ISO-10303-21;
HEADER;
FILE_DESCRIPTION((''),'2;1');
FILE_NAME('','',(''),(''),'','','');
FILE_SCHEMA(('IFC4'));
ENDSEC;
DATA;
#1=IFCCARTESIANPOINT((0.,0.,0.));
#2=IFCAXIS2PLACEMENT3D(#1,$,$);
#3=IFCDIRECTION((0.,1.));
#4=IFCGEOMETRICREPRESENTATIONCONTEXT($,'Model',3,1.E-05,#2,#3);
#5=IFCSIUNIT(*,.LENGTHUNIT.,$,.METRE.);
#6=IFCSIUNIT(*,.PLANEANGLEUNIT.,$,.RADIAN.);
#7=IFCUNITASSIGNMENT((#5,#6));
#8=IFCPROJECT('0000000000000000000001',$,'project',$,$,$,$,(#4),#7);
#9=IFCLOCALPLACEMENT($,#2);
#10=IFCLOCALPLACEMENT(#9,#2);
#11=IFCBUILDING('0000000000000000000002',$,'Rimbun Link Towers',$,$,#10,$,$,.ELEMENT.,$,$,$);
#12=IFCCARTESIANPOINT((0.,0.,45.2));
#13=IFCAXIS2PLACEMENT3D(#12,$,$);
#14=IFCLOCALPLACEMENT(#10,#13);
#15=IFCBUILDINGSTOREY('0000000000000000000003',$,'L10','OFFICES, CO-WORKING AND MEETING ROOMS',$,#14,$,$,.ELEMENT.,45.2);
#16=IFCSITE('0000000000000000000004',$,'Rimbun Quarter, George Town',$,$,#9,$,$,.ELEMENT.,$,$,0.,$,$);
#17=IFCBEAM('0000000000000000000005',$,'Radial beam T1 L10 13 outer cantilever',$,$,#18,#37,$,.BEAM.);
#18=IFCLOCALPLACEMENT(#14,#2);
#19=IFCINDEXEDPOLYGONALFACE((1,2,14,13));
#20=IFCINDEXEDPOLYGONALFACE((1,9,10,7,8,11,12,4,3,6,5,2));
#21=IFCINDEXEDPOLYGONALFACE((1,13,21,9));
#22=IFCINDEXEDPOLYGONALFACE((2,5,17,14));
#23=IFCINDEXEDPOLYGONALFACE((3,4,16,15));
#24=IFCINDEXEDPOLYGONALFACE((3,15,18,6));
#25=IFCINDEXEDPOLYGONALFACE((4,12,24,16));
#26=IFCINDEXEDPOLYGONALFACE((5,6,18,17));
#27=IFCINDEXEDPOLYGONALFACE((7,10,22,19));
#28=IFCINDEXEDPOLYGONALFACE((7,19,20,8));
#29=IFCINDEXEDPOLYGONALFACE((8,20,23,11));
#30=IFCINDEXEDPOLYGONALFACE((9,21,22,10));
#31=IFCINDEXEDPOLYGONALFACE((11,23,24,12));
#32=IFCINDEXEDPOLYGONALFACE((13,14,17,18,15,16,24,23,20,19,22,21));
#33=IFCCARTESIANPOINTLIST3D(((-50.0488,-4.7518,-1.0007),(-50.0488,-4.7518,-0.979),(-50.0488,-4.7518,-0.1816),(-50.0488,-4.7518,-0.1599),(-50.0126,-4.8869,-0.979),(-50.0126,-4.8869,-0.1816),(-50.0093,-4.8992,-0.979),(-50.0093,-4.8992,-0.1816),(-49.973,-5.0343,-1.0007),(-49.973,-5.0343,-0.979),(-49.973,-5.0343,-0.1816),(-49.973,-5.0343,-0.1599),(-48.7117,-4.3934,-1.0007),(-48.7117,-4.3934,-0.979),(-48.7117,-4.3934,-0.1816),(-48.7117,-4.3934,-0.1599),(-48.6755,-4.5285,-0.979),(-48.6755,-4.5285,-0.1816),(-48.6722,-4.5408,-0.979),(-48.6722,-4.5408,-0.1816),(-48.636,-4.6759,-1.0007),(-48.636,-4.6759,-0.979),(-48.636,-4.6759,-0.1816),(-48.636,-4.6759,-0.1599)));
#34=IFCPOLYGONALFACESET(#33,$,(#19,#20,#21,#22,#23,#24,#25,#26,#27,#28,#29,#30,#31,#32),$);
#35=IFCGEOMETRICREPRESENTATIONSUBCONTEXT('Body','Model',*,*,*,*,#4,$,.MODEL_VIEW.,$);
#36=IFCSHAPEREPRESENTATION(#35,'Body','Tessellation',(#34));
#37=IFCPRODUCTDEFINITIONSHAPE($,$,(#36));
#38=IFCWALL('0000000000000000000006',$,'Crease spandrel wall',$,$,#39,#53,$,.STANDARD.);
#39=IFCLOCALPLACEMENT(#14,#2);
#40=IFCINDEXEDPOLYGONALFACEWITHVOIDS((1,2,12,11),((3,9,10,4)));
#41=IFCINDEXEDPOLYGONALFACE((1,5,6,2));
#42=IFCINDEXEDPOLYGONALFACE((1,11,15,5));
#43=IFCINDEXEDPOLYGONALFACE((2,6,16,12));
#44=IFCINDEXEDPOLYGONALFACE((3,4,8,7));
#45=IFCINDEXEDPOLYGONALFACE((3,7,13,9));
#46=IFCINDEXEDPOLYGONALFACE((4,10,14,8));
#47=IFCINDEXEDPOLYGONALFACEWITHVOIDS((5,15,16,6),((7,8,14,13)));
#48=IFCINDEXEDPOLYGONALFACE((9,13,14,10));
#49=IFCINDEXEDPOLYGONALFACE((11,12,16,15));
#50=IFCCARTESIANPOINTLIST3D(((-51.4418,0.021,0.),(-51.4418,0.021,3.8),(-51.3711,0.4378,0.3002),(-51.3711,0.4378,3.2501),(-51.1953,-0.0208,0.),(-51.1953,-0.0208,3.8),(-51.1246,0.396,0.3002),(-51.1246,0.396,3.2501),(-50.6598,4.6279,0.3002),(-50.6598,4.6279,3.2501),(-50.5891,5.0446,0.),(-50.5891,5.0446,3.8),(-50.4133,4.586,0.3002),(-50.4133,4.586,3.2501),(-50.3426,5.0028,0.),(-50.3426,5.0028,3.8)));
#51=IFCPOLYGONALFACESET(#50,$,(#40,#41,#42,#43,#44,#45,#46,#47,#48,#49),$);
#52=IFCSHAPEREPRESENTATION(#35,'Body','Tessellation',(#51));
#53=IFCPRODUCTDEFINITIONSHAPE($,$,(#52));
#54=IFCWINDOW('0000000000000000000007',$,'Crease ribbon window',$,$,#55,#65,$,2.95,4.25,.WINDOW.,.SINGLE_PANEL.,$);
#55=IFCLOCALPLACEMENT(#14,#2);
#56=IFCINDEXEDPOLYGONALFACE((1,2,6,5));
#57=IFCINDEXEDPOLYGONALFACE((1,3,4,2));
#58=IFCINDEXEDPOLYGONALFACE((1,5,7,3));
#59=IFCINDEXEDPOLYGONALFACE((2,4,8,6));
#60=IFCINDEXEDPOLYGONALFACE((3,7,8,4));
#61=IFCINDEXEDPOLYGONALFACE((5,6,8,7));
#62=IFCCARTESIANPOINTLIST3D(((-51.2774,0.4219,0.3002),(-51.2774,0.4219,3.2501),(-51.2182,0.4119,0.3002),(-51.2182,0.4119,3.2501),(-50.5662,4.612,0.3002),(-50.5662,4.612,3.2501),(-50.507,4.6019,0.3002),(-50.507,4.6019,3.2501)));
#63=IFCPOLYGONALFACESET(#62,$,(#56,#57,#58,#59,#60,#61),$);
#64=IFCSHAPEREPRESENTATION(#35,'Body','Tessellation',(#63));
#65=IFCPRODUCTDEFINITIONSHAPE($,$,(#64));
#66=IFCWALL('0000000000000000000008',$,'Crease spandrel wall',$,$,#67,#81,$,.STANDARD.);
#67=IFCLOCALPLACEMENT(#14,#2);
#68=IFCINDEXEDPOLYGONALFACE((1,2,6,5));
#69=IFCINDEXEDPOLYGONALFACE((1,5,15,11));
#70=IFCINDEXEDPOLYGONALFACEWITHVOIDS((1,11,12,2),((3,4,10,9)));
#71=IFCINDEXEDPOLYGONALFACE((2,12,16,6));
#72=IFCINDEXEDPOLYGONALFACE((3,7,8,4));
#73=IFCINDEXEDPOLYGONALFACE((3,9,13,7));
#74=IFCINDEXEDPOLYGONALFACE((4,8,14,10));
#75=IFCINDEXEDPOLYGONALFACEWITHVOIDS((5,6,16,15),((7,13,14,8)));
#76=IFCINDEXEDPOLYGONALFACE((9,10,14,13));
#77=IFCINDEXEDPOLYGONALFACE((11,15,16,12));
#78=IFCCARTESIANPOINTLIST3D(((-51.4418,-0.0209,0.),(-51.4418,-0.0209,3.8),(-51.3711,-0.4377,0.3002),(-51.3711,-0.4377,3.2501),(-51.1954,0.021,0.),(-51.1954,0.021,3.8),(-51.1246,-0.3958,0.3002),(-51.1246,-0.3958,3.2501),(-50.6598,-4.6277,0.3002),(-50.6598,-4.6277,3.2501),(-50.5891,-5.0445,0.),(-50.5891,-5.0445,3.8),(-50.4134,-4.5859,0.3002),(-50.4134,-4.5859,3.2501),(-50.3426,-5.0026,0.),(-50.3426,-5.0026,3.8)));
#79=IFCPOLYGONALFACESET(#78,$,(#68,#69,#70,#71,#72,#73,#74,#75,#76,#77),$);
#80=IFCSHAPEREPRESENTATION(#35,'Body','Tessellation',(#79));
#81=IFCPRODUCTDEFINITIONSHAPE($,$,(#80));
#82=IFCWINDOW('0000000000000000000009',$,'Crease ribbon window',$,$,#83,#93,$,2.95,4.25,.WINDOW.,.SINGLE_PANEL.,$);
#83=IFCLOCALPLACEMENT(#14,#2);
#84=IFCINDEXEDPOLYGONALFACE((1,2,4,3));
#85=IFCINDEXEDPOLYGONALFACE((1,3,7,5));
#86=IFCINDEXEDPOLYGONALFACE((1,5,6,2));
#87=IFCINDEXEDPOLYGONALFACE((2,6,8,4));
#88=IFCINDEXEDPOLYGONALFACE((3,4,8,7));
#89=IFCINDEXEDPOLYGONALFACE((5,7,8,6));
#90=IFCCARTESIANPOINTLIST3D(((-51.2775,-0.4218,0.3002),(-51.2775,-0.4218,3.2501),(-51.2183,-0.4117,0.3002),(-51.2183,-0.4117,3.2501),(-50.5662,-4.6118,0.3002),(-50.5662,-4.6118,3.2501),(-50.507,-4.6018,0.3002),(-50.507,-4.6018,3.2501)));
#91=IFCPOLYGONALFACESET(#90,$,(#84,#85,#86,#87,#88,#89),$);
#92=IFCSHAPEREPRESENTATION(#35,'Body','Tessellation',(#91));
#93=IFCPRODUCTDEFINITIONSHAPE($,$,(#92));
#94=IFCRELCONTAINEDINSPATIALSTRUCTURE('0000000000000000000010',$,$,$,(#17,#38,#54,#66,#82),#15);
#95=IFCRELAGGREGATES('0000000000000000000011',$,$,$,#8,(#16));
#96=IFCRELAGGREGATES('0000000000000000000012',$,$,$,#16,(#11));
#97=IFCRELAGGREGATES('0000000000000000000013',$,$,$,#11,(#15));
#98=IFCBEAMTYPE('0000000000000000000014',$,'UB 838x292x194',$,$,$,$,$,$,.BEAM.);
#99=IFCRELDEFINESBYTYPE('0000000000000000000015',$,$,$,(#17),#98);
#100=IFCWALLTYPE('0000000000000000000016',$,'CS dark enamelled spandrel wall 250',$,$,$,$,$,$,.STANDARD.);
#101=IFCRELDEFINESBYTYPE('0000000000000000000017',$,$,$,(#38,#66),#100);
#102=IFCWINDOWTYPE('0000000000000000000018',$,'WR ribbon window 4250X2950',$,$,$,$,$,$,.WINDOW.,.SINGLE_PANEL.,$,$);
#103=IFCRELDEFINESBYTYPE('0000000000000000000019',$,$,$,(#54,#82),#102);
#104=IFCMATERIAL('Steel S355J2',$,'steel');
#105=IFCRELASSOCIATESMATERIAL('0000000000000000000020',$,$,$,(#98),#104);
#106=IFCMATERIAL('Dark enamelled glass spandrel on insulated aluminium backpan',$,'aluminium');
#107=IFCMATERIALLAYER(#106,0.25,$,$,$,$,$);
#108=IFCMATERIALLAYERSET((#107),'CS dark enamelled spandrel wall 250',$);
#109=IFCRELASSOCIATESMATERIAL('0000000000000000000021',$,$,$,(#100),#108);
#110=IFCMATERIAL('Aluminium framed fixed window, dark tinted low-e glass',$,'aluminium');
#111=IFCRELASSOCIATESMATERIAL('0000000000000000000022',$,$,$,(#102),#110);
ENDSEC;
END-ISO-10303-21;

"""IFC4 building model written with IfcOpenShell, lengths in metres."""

from ifc_helpers import new_model, si_unit, direction, frame, frame_2d, origin, origin_2d, place, context, subcontext, project, spatial, rectangle, i_section, extrude, material, layer, layer_set, material_profile, profile_set, type_object, element, fill, save


model = new_model("IFC4")

# Units and contexts
model_context = context("Model", 3, precision=1e-05, world=origin(), true_north=direction((0.0, 1.0)))
body_context = subcontext(model_context, "Body", "Model", "MODEL_VIEW")
ifc_project = project(units=[si_unit("LENGTHUNIT", "METRE"), si_unit("PLANEANGLEUNIT", "RADIAN")], contexts=[model_context])

# Site, building, storey
site_placement = place(None, origin())
site = spatial("IfcSite", under=ifc_project, at=site_placement, Name="Rimbun Quarter, George Town", CompositionType="ELEMENT", RefElevation=0.0)
building_placement = place(site_placement, origin())
building = spatial("IfcBuilding", under=site, at=building_placement, Name="Rimbun Link Towers", CompositionType="ELEMENT")
storey_placement = place(building_placement, frame((0.0, 0.0, 45.2)))
storey = spatial("IfcBuildingStorey", under=building, at=storey_placement, Name="L10", Description="OFFICES, CO-WORKING AND MEETING ROOMS", CompositionType="ELEMENT", Elevation=45.2)

# Beam
ifc_material_1 = material(Name="Steel S355J2", Category="steel")
ifc_material_profile_1 = material_profile(ifc_material_1, i_section(OverallWidth=0.2925, OverallDepth=0.8408, WebThickness=0.0127, FlangeThickness=0.0217, at=origin_2d()), Name="UB 838x292x194")
ifc_profile_set_1 = profile_set([ifc_material_profile_1], Name="Steel S355J2")
beam_type_1 = type_object("IfcBeamType", Name="UB 838x292x194", PredefinedType="BEAM", material=ifc_profile_set_1)
beam_1_placement = place(storey_placement, frame((-48.6738, -4.5347, -0.5803), z_axis=(-0.965906, -0.258892, 0.0), x_axis=(0.258892, -0.965906, 0.0)))
element("IfcBeam", 1, at=beam_1_placement, inside=storey, type_object=beam_type_1, Name="Radial beam T1 L10 13 outer cantilever", PredefinedType="BEAM", context=body_context, shape_type="SweptSolid", body=[
    extrude(i_section(OverallWidth=0.2925, OverallDepth=0.8408, WebThickness=0.0127, FlangeThickness=0.0217, at=origin_2d()), origin(), (0.0, 0.0, 1.0), 1.3843),
])

# Walls, openings, windows
ifc_material_2 = material(Name="Dark enamelled glass spandrel on insulated aluminium backpan", Category="aluminium")
ifc_layer_1 = layer(ifc_material_2, 0.25)
ifc_layer_set_1 = layer_set([ifc_layer_1], Name="CS dark enamelled spandrel wall 250")
wall_type_1 = type_object("IfcWallType", Name="CS dark enamelled spandrel wall 250", PredefinedType="STANDARD", material=ifc_layer_set_1)
wall_1_placement = place(storey_placement, frame((-51.3186, 0.0, 0.0), z_axis=(0.0, 0.0, 1.0), x_axis=(0.167358, 0.985896, 0.0)))
wall_1 = element("IfcWall", 2, at=wall_1_placement, inside=storey, type_object=wall_type_1, Name="Crease spandrel wall", PredefinedType="STANDARD", context=body_context, shape_type="SweptSolid", body=[
    extrude(rectangle(XDim=5.0955, YDim=0.25, at=frame_2d((2.5479, 0.0))), origin(), (0.0, 0.0, 1.0), 3.8),
])
opening_1_placement = place(wall_1_placement, frame((0.4229, 0.0, 0.3)))
opening_1 = element("IfcOpeningElement", 3, at=opening_1_placement, cuts=wall_1, PredefinedType="OPENING", context=body_context, shape_type="SweptSolid", body=[
    extrude(rectangle(XDim=4.25, YDim=2.95, at=frame_2d((2.125, 1.4751))), frame((0.0, 0.135, 0.0), z_axis=(0.0, -1.0, 0.0), x_axis=(1.0, 0.0, 0.0)), (0.0, 0.0, 1.0), 0.27),
])
ifc_material_3 = material(Name="Aluminium framed fixed window, dark tinted low-e glass", Category="aluminium")
window_type = type_object("IfcWindowType", Name="WR ribbon window 4250X2950", PartitioningType="SINGLE_PANEL", PredefinedType="WINDOW", material=ifc_material_3)
window_1_placement = place(opening_1_placement, origin())
window_1 = element("IfcWindow", 4, at=window_1_placement, inside=storey, type_object=window_type, Name="Crease ribbon window", OverallHeight=2.95, OverallWidth=4.25, PartitioningType="SINGLE_PANEL", PredefinedType="WINDOW", context=body_context, shape_type="SweptSolid", body=[
    extrude(rectangle(XDim=4.25, YDim=2.95, at=frame_2d((2.125, 1.4751))), frame((0.0, 0.03, 0.0), z_axis=(0.0, -1.0, 0.0), x_axis=(1.0, 0.0, 0.0)), (0.0, 0.0, 1.0), 0.0601),
])
fill(opening_1, window_1)
wall_2_placement = place(storey_placement, frame((-50.4658, -5.0237, 0.0), z_axis=(0.0, 0.0, 1.0), x_axis=(-0.167358, 0.985896, 0.0)))
wall_2 = element("IfcWall", 5, at=wall_2_placement, inside=storey, type_object=wall_type_1, Name="Crease spandrel wall", PredefinedType="STANDARD", context=body_context, shape_type="SweptSolid", body=[
    extrude(rectangle(XDim=5.0955, YDim=0.25, at=frame_2d((2.5479, 0.0))), origin(), (0.0, 0.0, 1.0), 3.8),
])
opening_2_placement = place(wall_2_placement, frame((0.4229, 0.0, 0.3)))
opening_2 = element("IfcOpeningElement", 6, at=opening_2_placement, cuts=wall_2, PredefinedType="OPENING", context=body_context, shape_type="SweptSolid", body=[
    extrude(rectangle(XDim=4.25, YDim=2.95, at=frame_2d((2.125, 1.4751))), frame((0.0, 0.135, 0.0), z_axis=(0.0, -1.0, 0.0), x_axis=(1.0, 0.0, 0.0)), (0.0, 0.0, 1.0), 0.27),
])
window_2_placement = place(opening_2_placement, origin())
window_2 = element("IfcWindow", 7, at=window_2_placement, inside=storey, type_object=window_type, Name="Crease ribbon window", OverallHeight=2.95, OverallWidth=4.25, PartitioningType="SINGLE_PANEL", PredefinedType="WINDOW", context=body_context, shape_type="SweptSolid", body=[
    extrude(rectangle(XDim=4.25, YDim=2.95, at=frame_2d((2.125, 1.4751))), frame((0.0, 0.03, 0.0), z_axis=(0.0, -1.0, 0.0), x_axis=(1.0, 0.0, 0.0)), (0.0, 0.0, 1.0), 0.0601),
])
fill(opening_2, window_2)

save(model, "model.ifc")
